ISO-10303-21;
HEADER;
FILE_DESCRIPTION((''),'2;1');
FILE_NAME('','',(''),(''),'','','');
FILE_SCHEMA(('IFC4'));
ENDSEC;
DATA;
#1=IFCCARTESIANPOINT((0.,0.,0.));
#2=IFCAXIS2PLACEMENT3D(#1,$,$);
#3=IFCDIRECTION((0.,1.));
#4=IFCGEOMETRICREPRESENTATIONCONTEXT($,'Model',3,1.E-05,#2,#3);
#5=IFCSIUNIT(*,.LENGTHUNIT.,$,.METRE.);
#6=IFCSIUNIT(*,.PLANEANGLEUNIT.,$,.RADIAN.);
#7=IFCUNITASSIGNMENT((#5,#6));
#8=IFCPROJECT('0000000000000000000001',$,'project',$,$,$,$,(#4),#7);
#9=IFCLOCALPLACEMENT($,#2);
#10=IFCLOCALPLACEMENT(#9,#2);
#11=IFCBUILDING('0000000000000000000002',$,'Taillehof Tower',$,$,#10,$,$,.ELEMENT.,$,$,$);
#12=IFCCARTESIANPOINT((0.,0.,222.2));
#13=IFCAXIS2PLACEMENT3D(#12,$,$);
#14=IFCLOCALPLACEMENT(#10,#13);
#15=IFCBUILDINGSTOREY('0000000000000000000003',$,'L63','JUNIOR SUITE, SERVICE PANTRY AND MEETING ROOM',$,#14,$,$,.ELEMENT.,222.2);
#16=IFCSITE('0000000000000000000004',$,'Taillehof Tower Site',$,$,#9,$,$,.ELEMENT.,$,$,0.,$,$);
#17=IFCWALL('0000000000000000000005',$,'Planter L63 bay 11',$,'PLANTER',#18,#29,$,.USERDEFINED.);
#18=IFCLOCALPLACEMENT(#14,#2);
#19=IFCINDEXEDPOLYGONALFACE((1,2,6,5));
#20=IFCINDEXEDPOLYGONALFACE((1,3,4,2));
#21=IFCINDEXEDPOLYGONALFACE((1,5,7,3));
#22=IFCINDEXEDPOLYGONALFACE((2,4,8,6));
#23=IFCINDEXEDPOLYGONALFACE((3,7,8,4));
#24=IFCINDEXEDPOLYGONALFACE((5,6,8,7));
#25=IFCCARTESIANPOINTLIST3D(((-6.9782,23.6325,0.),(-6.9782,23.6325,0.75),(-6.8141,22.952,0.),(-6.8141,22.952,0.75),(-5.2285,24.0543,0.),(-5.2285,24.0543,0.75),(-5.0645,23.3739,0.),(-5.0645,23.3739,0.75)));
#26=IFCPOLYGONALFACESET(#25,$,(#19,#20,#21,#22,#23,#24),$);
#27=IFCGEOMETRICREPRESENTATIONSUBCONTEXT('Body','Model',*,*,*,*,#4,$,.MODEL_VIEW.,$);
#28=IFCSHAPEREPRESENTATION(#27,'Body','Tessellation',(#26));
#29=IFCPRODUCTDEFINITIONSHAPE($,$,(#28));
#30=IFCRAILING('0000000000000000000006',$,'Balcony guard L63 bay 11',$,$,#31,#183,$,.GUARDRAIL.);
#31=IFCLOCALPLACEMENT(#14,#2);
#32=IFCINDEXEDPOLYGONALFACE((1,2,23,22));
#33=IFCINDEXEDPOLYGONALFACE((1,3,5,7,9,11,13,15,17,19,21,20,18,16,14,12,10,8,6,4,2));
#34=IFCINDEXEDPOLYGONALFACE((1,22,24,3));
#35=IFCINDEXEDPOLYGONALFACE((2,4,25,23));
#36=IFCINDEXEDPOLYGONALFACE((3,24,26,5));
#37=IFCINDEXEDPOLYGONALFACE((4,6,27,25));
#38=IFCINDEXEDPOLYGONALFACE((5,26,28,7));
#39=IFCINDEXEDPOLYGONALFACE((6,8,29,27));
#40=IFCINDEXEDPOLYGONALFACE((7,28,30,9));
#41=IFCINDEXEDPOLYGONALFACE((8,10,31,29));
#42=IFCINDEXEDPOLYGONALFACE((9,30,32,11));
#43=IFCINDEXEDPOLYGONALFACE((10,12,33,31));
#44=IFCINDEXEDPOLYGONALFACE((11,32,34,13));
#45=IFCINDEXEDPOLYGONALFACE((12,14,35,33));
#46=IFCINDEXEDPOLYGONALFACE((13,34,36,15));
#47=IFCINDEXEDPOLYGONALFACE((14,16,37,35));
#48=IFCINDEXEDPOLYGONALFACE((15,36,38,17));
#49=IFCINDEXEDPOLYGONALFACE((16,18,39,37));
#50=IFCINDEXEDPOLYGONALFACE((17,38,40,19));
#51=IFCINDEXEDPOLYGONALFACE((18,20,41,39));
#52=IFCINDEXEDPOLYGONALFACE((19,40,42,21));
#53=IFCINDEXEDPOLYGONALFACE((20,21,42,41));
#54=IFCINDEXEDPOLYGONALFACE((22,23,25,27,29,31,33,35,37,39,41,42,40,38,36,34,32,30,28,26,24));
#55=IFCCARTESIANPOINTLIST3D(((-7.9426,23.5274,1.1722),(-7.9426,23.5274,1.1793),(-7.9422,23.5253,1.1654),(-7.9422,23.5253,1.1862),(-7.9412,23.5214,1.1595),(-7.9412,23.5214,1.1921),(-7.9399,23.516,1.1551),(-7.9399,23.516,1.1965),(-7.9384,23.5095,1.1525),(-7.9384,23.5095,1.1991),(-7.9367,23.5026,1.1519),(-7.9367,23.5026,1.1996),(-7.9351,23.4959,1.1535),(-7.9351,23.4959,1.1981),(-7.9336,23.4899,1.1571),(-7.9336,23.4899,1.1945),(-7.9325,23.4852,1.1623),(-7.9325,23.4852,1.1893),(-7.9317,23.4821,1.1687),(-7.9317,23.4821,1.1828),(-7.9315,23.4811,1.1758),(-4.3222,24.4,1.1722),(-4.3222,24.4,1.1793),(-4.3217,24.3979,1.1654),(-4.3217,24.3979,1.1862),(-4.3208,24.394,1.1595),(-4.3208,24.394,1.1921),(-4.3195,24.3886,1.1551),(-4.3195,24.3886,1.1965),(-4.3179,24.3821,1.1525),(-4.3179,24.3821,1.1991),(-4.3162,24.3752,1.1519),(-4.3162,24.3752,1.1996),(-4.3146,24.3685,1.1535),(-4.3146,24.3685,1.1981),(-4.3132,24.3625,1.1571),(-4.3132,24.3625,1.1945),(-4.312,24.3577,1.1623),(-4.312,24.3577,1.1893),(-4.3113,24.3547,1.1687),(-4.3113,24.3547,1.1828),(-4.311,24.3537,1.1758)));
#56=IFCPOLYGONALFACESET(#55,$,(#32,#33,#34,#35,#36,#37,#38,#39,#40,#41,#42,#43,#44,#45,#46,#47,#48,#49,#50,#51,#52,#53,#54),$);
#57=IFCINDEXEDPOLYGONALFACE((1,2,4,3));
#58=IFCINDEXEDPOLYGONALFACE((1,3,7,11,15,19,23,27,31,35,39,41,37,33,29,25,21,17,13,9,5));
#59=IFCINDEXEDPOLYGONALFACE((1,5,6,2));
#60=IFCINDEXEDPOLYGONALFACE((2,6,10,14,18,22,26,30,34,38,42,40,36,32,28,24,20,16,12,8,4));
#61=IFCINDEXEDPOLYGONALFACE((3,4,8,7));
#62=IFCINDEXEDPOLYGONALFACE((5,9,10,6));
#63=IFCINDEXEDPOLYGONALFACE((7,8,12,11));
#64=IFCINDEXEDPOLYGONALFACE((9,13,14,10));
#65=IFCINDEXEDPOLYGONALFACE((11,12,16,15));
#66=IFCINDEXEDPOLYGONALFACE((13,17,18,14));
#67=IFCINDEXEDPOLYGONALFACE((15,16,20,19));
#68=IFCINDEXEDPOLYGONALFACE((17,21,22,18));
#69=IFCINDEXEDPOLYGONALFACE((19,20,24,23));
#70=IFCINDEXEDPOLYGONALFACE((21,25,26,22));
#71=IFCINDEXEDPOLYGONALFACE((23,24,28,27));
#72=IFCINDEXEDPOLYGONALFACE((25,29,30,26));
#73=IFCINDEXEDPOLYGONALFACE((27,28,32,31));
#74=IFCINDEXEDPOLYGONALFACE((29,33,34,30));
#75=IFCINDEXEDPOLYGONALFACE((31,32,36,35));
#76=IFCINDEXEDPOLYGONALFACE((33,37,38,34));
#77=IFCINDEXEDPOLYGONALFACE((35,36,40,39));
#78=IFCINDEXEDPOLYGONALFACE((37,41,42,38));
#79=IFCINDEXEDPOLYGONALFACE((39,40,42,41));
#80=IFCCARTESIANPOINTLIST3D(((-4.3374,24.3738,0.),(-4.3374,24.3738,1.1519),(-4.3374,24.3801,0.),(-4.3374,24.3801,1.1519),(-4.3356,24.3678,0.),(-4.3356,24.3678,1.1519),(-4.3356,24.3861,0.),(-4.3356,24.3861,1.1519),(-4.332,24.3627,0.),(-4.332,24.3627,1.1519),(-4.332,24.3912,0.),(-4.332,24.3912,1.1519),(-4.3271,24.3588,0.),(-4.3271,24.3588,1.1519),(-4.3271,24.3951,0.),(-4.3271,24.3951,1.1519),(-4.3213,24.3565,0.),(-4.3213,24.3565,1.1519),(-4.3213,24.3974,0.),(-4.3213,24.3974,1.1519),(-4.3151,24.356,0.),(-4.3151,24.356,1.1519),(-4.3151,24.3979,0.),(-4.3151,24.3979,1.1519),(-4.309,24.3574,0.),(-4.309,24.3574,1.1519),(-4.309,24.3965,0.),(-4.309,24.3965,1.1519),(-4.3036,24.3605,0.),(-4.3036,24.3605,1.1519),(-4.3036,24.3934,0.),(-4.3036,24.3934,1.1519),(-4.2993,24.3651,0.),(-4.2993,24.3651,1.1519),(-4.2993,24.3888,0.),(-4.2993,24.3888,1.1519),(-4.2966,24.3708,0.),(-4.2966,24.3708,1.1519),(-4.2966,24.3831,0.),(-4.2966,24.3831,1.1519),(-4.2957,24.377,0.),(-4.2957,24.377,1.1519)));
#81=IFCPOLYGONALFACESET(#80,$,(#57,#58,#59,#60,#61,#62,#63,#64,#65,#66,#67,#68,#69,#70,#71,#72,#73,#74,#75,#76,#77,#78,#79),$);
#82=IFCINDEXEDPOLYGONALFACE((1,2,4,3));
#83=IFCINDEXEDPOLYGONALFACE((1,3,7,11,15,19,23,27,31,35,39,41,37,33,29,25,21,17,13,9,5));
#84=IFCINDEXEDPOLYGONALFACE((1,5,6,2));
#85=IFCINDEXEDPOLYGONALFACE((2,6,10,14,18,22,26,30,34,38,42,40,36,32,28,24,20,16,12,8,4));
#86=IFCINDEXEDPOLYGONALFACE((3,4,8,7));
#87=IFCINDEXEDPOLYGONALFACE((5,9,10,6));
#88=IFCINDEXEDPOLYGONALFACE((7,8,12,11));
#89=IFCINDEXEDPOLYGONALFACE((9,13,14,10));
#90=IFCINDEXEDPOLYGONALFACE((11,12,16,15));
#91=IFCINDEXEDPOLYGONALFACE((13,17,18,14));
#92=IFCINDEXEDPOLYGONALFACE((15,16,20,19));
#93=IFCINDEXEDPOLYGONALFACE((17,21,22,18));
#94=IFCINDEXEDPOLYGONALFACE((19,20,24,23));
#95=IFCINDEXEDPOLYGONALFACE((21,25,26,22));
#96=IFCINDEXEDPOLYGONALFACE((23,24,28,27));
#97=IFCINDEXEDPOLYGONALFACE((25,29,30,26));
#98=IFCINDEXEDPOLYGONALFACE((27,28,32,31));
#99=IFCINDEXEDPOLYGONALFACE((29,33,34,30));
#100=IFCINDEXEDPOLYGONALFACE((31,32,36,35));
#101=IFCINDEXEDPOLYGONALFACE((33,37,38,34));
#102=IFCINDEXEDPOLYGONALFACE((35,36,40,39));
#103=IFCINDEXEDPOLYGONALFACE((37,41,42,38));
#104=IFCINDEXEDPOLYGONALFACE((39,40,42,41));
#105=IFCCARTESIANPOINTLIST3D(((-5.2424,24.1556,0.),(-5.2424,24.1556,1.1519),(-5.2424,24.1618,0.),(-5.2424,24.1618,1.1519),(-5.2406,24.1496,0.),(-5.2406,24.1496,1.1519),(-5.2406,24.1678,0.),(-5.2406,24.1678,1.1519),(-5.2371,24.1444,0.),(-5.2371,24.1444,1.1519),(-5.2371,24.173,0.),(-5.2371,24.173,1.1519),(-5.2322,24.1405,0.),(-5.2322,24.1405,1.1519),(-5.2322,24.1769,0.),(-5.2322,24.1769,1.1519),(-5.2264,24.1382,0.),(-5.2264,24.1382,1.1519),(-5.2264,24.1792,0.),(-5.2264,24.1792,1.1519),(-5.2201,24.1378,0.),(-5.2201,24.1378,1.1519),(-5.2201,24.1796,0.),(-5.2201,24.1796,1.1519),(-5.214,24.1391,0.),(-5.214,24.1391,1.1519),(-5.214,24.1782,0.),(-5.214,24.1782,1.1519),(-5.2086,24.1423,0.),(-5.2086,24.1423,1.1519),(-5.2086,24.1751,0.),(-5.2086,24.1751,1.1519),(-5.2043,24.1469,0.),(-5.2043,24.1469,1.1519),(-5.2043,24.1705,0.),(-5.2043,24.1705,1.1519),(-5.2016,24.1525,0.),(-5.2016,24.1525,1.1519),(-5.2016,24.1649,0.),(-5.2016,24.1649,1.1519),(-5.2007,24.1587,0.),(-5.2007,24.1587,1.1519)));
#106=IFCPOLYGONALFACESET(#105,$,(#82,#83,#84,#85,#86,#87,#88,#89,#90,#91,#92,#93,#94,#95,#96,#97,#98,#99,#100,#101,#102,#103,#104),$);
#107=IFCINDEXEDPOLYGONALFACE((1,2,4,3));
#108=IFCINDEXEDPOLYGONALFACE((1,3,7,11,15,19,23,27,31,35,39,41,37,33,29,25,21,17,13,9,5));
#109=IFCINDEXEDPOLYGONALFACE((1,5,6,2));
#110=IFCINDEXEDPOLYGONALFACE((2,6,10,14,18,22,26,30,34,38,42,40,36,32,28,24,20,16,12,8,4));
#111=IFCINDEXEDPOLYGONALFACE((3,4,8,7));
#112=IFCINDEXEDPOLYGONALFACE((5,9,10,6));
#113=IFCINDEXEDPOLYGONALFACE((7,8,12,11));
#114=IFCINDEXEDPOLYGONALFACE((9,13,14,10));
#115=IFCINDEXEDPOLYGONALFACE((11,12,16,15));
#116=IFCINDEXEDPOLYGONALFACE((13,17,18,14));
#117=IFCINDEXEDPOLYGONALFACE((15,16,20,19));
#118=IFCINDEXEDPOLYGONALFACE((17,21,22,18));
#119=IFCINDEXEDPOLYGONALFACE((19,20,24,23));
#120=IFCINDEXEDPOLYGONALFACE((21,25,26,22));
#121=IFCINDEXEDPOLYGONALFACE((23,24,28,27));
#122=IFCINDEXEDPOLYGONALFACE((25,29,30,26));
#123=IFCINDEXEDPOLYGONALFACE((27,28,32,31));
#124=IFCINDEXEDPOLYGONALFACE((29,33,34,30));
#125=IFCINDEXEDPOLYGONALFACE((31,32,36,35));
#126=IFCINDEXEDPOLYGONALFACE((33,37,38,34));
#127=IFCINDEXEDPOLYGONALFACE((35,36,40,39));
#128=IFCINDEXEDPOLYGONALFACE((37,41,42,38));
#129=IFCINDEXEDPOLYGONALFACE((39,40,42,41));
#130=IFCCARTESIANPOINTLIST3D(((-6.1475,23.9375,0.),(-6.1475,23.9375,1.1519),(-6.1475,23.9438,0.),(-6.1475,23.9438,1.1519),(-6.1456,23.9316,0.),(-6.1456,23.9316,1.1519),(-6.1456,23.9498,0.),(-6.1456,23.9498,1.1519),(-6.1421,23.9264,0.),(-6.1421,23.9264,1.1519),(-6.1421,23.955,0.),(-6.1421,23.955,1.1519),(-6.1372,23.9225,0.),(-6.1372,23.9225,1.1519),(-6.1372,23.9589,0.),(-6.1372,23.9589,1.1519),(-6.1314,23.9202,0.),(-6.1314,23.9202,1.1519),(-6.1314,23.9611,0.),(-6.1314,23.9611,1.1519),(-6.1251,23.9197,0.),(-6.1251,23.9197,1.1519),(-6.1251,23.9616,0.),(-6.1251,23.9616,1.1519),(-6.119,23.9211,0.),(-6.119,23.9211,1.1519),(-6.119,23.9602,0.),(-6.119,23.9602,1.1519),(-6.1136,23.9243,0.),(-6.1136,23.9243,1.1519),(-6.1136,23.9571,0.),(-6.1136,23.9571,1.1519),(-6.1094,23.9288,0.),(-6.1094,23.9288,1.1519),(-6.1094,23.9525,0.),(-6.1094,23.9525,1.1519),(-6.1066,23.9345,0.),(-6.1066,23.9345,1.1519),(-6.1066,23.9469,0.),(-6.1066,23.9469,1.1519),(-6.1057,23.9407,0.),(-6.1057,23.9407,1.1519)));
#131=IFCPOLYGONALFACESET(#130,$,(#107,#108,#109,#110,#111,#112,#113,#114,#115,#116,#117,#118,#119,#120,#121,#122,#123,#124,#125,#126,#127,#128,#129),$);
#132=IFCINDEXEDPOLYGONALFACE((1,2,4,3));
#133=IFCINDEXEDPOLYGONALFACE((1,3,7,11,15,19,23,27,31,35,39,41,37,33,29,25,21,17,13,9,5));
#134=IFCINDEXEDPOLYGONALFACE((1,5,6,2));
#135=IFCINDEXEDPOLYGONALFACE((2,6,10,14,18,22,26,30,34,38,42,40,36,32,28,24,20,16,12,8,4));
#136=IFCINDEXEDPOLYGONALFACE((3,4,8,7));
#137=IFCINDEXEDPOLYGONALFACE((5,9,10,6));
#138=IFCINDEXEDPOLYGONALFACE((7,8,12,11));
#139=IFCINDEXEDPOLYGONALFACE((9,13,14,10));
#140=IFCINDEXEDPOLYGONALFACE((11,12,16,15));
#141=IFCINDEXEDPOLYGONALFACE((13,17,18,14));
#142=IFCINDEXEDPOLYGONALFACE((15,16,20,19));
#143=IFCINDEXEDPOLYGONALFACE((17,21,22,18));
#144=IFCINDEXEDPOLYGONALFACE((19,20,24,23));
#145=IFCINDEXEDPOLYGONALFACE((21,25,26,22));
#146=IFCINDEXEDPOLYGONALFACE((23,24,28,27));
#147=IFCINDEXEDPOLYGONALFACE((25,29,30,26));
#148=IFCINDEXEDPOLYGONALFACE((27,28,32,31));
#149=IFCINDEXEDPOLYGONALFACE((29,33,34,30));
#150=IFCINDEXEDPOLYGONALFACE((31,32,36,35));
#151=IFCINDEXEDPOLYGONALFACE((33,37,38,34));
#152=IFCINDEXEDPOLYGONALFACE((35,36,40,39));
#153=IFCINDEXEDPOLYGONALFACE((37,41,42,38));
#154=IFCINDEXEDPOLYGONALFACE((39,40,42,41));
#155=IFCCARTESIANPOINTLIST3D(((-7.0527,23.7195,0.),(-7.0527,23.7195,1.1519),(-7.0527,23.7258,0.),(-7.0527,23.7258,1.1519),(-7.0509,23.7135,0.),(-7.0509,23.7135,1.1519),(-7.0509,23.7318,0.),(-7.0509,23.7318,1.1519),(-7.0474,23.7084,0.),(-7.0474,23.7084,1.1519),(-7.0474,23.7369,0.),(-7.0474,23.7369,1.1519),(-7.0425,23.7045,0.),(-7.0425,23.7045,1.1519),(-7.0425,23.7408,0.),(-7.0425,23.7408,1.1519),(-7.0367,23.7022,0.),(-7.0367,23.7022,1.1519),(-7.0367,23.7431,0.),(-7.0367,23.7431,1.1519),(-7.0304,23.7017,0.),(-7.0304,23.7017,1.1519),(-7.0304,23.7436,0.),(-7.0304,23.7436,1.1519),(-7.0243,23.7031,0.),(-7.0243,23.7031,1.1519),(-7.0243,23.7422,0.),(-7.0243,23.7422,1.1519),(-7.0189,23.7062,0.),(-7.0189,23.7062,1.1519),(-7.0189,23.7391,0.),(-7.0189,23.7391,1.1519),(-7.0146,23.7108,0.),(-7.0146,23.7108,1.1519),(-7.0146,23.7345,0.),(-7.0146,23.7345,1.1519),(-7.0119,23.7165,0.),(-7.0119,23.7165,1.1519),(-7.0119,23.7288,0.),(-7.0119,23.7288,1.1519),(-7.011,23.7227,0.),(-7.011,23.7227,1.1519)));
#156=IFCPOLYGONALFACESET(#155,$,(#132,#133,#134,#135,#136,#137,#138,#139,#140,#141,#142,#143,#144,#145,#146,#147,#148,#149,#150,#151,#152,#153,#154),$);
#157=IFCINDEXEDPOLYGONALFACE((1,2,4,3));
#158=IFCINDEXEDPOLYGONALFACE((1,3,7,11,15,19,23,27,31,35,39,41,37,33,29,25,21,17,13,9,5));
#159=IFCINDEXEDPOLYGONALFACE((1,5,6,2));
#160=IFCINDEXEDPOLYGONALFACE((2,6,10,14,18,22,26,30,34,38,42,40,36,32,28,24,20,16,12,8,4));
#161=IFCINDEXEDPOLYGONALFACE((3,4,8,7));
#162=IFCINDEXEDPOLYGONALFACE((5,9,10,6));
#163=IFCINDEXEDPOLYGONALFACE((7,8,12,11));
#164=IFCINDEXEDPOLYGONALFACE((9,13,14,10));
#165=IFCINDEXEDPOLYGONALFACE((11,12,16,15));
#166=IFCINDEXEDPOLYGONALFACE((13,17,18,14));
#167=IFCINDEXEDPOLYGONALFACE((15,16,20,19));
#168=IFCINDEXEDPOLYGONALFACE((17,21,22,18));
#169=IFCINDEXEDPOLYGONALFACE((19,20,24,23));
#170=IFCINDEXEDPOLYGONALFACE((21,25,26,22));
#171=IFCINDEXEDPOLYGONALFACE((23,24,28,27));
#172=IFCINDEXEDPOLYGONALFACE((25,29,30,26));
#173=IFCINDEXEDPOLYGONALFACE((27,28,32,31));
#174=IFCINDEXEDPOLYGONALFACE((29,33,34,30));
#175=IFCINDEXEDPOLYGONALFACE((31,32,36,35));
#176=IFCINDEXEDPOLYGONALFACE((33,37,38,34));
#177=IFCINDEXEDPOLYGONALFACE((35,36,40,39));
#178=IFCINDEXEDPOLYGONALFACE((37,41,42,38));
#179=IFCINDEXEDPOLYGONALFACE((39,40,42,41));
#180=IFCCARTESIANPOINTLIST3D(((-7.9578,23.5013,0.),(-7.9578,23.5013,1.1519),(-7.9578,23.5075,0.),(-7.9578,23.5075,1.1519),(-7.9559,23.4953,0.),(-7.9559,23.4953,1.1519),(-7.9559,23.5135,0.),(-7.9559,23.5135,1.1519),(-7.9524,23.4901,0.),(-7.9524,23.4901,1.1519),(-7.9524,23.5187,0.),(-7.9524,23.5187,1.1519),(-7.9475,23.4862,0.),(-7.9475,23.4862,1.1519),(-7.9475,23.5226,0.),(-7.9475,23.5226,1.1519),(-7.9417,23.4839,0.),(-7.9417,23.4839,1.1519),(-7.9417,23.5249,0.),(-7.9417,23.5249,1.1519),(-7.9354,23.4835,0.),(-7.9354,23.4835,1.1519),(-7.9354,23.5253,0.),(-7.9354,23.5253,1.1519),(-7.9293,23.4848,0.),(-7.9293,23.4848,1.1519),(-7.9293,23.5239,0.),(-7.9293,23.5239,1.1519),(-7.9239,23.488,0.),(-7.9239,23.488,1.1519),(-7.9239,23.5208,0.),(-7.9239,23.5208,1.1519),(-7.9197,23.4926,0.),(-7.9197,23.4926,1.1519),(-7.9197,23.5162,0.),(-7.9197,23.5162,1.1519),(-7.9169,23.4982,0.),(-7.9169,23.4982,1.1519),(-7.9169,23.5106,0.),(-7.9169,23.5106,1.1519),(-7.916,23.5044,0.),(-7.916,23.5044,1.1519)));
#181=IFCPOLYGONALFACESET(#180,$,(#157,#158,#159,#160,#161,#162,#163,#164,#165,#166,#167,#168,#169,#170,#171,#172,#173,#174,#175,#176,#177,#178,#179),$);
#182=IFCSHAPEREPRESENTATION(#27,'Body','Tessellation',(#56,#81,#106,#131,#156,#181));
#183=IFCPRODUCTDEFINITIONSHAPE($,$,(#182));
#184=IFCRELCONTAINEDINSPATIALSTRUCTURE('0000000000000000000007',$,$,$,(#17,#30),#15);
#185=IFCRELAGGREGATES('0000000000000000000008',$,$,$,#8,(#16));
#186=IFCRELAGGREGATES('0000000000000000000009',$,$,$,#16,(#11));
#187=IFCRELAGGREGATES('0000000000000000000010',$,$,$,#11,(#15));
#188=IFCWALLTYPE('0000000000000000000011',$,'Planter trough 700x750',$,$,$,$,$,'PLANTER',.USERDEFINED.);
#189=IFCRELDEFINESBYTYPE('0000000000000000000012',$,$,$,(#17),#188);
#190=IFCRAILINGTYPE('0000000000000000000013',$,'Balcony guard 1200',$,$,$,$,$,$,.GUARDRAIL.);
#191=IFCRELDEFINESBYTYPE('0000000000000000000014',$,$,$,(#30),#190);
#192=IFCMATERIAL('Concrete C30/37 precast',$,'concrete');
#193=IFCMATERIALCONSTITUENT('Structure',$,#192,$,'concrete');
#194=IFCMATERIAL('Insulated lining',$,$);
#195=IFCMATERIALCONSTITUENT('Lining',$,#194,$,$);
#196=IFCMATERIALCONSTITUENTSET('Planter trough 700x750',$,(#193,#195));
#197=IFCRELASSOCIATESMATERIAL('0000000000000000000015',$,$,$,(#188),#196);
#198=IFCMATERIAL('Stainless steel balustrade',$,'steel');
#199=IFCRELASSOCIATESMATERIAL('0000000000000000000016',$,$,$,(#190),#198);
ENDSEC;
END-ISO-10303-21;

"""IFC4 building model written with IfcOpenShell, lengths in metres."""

from ifc_helpers import new_model, si_unit, direction, frame, frame_2d, origin, origin_2d, place, context, subcontext, project, spatial, rectangle, circle, extrude, material, constituent, constituent_set, type_object, element, save


model = new_model("IFC4")

# Units and contexts
model_context = context("Model", 3, precision=1e-05, world=origin(), true_north=direction((0.0, 1.0)))
body_context = subcontext(model_context, "Body", "Model", "MODEL_VIEW")
ifc_project = project(units=[si_unit("LENGTHUNIT", "METRE"), si_unit("PLANEANGLEUNIT", "RADIAN")], contexts=[model_context])

# Site, building, storey
site_placement = place(None, origin())
site = spatial("IfcSite", under=ifc_project, at=site_placement, Name="Taillehof Tower Site", CompositionType="ELEMENT", RefElevation=0.0)
building_placement = place(site_placement, origin())
building = spatial("IfcBuilding", under=site, at=building_placement, Name="Taillehof Tower", CompositionType="ELEMENT")
storey_placement = place(building_placement, frame((0.0, 0.0, 222.2)))
storey = spatial("IfcBuildingStorey", under=building, at=storey_placement, Name="L63", Description="JUNIOR SUITE, SERVICE PANTRY AND MEETING ROOM", CompositionType="ELEMENT", Elevation=222.2)

# Wall
ifc_material_1 = material(Name="Concrete C30/37 precast", Category="concrete")
ifc_constituent_1 = constituent(ifc_material_1, Name="Structure", Category="concrete")
ifc_material_2 = material(Name="Insulated lining")
ifc_constituent_2 = constituent(ifc_material_2, Name="Lining")
ifc_constituent_set = constituent_set(constituents=[ifc_constituent_1, ifc_constituent_2], Name="Planter trough 700x750")
wall_type_1 = type_object("IfcWallType", Name="Planter trough 700x750", ElementType="PLANTER", PredefinedType="USERDEFINED", material=ifc_constituent_set)
wall_1_placement = place(storey_placement, frame((-5.1465, 23.7141, 0.0), z_axis=(0.0, 0.0, 1.0), x_axis=(-0.972143, -0.234389, 0.0)))
element("IfcWall", 1, at=wall_1_placement, inside=storey, type_object=wall_type_1, Name="Planter L63 bay 11", ObjectType="PLANTER", PredefinedType="USERDEFINED", context=body_context, shape_type="SweptSolid", body=[
    extrude(rectangle(XDim=1.7998, YDim=0.7, at=frame_2d((0.8999, 0.0))), origin(), (0.0, 0.0, 1.0), 0.75),
])

# Railing
ifc_material_3 = material(Name="Stainless steel balustrade", Category="steel")
railing_type = type_object("IfcRailingType", Name="Balcony guard 1200", PredefinedType="GUARDRAIL", material=ifc_material_3)
railing_placement = place(storey_placement, frame((-4.3167, 24.377, 0.0)))
element("IfcRailing", 2, at=railing_placement, inside=storey, type_object=railing_type, Name="Balcony guard L63 bay 11", PredefinedType="GUARDRAIL", context=body_context, shape_type="SweptSolid", body=[
    extrude(circle(Radius=0.0239, at=origin_2d()), frame((0.0, 0.0, 1.1758), z_axis=(-0.972163, -0.234305, 0.0), x_axis=(0.234305, -0.972163, 0.0)), (0.0, 0.0, 1.0), 3.7241),
    extrude(circle(Radius=0.021, at=origin_2d()), origin(), (0.0, 0.0, 1.0), 1.1519),
    extrude(circle(Radius=0.021, at=origin_2d()), frame((-0.905, -0.2183, 0.0)), (0.0, 0.0, 1.0), 1.1519),
    extrude(circle(Radius=0.021, at=origin_2d()), frame((-1.8101, -0.4363, 0.0)), (0.0, 0.0, 1.0), 1.1519),
    extrude(circle(Radius=0.021, at=origin_2d()), frame((-2.7153, -0.6543, 0.0)), (0.0, 0.0, 1.0), 1.1519),
    extrude(circle(Radius=0.021, at=origin_2d()), frame((-3.6204, -0.8726, 0.0)), (0.0, 0.0, 1.0), 1.1519),
])

save(model, "model.ifc")
